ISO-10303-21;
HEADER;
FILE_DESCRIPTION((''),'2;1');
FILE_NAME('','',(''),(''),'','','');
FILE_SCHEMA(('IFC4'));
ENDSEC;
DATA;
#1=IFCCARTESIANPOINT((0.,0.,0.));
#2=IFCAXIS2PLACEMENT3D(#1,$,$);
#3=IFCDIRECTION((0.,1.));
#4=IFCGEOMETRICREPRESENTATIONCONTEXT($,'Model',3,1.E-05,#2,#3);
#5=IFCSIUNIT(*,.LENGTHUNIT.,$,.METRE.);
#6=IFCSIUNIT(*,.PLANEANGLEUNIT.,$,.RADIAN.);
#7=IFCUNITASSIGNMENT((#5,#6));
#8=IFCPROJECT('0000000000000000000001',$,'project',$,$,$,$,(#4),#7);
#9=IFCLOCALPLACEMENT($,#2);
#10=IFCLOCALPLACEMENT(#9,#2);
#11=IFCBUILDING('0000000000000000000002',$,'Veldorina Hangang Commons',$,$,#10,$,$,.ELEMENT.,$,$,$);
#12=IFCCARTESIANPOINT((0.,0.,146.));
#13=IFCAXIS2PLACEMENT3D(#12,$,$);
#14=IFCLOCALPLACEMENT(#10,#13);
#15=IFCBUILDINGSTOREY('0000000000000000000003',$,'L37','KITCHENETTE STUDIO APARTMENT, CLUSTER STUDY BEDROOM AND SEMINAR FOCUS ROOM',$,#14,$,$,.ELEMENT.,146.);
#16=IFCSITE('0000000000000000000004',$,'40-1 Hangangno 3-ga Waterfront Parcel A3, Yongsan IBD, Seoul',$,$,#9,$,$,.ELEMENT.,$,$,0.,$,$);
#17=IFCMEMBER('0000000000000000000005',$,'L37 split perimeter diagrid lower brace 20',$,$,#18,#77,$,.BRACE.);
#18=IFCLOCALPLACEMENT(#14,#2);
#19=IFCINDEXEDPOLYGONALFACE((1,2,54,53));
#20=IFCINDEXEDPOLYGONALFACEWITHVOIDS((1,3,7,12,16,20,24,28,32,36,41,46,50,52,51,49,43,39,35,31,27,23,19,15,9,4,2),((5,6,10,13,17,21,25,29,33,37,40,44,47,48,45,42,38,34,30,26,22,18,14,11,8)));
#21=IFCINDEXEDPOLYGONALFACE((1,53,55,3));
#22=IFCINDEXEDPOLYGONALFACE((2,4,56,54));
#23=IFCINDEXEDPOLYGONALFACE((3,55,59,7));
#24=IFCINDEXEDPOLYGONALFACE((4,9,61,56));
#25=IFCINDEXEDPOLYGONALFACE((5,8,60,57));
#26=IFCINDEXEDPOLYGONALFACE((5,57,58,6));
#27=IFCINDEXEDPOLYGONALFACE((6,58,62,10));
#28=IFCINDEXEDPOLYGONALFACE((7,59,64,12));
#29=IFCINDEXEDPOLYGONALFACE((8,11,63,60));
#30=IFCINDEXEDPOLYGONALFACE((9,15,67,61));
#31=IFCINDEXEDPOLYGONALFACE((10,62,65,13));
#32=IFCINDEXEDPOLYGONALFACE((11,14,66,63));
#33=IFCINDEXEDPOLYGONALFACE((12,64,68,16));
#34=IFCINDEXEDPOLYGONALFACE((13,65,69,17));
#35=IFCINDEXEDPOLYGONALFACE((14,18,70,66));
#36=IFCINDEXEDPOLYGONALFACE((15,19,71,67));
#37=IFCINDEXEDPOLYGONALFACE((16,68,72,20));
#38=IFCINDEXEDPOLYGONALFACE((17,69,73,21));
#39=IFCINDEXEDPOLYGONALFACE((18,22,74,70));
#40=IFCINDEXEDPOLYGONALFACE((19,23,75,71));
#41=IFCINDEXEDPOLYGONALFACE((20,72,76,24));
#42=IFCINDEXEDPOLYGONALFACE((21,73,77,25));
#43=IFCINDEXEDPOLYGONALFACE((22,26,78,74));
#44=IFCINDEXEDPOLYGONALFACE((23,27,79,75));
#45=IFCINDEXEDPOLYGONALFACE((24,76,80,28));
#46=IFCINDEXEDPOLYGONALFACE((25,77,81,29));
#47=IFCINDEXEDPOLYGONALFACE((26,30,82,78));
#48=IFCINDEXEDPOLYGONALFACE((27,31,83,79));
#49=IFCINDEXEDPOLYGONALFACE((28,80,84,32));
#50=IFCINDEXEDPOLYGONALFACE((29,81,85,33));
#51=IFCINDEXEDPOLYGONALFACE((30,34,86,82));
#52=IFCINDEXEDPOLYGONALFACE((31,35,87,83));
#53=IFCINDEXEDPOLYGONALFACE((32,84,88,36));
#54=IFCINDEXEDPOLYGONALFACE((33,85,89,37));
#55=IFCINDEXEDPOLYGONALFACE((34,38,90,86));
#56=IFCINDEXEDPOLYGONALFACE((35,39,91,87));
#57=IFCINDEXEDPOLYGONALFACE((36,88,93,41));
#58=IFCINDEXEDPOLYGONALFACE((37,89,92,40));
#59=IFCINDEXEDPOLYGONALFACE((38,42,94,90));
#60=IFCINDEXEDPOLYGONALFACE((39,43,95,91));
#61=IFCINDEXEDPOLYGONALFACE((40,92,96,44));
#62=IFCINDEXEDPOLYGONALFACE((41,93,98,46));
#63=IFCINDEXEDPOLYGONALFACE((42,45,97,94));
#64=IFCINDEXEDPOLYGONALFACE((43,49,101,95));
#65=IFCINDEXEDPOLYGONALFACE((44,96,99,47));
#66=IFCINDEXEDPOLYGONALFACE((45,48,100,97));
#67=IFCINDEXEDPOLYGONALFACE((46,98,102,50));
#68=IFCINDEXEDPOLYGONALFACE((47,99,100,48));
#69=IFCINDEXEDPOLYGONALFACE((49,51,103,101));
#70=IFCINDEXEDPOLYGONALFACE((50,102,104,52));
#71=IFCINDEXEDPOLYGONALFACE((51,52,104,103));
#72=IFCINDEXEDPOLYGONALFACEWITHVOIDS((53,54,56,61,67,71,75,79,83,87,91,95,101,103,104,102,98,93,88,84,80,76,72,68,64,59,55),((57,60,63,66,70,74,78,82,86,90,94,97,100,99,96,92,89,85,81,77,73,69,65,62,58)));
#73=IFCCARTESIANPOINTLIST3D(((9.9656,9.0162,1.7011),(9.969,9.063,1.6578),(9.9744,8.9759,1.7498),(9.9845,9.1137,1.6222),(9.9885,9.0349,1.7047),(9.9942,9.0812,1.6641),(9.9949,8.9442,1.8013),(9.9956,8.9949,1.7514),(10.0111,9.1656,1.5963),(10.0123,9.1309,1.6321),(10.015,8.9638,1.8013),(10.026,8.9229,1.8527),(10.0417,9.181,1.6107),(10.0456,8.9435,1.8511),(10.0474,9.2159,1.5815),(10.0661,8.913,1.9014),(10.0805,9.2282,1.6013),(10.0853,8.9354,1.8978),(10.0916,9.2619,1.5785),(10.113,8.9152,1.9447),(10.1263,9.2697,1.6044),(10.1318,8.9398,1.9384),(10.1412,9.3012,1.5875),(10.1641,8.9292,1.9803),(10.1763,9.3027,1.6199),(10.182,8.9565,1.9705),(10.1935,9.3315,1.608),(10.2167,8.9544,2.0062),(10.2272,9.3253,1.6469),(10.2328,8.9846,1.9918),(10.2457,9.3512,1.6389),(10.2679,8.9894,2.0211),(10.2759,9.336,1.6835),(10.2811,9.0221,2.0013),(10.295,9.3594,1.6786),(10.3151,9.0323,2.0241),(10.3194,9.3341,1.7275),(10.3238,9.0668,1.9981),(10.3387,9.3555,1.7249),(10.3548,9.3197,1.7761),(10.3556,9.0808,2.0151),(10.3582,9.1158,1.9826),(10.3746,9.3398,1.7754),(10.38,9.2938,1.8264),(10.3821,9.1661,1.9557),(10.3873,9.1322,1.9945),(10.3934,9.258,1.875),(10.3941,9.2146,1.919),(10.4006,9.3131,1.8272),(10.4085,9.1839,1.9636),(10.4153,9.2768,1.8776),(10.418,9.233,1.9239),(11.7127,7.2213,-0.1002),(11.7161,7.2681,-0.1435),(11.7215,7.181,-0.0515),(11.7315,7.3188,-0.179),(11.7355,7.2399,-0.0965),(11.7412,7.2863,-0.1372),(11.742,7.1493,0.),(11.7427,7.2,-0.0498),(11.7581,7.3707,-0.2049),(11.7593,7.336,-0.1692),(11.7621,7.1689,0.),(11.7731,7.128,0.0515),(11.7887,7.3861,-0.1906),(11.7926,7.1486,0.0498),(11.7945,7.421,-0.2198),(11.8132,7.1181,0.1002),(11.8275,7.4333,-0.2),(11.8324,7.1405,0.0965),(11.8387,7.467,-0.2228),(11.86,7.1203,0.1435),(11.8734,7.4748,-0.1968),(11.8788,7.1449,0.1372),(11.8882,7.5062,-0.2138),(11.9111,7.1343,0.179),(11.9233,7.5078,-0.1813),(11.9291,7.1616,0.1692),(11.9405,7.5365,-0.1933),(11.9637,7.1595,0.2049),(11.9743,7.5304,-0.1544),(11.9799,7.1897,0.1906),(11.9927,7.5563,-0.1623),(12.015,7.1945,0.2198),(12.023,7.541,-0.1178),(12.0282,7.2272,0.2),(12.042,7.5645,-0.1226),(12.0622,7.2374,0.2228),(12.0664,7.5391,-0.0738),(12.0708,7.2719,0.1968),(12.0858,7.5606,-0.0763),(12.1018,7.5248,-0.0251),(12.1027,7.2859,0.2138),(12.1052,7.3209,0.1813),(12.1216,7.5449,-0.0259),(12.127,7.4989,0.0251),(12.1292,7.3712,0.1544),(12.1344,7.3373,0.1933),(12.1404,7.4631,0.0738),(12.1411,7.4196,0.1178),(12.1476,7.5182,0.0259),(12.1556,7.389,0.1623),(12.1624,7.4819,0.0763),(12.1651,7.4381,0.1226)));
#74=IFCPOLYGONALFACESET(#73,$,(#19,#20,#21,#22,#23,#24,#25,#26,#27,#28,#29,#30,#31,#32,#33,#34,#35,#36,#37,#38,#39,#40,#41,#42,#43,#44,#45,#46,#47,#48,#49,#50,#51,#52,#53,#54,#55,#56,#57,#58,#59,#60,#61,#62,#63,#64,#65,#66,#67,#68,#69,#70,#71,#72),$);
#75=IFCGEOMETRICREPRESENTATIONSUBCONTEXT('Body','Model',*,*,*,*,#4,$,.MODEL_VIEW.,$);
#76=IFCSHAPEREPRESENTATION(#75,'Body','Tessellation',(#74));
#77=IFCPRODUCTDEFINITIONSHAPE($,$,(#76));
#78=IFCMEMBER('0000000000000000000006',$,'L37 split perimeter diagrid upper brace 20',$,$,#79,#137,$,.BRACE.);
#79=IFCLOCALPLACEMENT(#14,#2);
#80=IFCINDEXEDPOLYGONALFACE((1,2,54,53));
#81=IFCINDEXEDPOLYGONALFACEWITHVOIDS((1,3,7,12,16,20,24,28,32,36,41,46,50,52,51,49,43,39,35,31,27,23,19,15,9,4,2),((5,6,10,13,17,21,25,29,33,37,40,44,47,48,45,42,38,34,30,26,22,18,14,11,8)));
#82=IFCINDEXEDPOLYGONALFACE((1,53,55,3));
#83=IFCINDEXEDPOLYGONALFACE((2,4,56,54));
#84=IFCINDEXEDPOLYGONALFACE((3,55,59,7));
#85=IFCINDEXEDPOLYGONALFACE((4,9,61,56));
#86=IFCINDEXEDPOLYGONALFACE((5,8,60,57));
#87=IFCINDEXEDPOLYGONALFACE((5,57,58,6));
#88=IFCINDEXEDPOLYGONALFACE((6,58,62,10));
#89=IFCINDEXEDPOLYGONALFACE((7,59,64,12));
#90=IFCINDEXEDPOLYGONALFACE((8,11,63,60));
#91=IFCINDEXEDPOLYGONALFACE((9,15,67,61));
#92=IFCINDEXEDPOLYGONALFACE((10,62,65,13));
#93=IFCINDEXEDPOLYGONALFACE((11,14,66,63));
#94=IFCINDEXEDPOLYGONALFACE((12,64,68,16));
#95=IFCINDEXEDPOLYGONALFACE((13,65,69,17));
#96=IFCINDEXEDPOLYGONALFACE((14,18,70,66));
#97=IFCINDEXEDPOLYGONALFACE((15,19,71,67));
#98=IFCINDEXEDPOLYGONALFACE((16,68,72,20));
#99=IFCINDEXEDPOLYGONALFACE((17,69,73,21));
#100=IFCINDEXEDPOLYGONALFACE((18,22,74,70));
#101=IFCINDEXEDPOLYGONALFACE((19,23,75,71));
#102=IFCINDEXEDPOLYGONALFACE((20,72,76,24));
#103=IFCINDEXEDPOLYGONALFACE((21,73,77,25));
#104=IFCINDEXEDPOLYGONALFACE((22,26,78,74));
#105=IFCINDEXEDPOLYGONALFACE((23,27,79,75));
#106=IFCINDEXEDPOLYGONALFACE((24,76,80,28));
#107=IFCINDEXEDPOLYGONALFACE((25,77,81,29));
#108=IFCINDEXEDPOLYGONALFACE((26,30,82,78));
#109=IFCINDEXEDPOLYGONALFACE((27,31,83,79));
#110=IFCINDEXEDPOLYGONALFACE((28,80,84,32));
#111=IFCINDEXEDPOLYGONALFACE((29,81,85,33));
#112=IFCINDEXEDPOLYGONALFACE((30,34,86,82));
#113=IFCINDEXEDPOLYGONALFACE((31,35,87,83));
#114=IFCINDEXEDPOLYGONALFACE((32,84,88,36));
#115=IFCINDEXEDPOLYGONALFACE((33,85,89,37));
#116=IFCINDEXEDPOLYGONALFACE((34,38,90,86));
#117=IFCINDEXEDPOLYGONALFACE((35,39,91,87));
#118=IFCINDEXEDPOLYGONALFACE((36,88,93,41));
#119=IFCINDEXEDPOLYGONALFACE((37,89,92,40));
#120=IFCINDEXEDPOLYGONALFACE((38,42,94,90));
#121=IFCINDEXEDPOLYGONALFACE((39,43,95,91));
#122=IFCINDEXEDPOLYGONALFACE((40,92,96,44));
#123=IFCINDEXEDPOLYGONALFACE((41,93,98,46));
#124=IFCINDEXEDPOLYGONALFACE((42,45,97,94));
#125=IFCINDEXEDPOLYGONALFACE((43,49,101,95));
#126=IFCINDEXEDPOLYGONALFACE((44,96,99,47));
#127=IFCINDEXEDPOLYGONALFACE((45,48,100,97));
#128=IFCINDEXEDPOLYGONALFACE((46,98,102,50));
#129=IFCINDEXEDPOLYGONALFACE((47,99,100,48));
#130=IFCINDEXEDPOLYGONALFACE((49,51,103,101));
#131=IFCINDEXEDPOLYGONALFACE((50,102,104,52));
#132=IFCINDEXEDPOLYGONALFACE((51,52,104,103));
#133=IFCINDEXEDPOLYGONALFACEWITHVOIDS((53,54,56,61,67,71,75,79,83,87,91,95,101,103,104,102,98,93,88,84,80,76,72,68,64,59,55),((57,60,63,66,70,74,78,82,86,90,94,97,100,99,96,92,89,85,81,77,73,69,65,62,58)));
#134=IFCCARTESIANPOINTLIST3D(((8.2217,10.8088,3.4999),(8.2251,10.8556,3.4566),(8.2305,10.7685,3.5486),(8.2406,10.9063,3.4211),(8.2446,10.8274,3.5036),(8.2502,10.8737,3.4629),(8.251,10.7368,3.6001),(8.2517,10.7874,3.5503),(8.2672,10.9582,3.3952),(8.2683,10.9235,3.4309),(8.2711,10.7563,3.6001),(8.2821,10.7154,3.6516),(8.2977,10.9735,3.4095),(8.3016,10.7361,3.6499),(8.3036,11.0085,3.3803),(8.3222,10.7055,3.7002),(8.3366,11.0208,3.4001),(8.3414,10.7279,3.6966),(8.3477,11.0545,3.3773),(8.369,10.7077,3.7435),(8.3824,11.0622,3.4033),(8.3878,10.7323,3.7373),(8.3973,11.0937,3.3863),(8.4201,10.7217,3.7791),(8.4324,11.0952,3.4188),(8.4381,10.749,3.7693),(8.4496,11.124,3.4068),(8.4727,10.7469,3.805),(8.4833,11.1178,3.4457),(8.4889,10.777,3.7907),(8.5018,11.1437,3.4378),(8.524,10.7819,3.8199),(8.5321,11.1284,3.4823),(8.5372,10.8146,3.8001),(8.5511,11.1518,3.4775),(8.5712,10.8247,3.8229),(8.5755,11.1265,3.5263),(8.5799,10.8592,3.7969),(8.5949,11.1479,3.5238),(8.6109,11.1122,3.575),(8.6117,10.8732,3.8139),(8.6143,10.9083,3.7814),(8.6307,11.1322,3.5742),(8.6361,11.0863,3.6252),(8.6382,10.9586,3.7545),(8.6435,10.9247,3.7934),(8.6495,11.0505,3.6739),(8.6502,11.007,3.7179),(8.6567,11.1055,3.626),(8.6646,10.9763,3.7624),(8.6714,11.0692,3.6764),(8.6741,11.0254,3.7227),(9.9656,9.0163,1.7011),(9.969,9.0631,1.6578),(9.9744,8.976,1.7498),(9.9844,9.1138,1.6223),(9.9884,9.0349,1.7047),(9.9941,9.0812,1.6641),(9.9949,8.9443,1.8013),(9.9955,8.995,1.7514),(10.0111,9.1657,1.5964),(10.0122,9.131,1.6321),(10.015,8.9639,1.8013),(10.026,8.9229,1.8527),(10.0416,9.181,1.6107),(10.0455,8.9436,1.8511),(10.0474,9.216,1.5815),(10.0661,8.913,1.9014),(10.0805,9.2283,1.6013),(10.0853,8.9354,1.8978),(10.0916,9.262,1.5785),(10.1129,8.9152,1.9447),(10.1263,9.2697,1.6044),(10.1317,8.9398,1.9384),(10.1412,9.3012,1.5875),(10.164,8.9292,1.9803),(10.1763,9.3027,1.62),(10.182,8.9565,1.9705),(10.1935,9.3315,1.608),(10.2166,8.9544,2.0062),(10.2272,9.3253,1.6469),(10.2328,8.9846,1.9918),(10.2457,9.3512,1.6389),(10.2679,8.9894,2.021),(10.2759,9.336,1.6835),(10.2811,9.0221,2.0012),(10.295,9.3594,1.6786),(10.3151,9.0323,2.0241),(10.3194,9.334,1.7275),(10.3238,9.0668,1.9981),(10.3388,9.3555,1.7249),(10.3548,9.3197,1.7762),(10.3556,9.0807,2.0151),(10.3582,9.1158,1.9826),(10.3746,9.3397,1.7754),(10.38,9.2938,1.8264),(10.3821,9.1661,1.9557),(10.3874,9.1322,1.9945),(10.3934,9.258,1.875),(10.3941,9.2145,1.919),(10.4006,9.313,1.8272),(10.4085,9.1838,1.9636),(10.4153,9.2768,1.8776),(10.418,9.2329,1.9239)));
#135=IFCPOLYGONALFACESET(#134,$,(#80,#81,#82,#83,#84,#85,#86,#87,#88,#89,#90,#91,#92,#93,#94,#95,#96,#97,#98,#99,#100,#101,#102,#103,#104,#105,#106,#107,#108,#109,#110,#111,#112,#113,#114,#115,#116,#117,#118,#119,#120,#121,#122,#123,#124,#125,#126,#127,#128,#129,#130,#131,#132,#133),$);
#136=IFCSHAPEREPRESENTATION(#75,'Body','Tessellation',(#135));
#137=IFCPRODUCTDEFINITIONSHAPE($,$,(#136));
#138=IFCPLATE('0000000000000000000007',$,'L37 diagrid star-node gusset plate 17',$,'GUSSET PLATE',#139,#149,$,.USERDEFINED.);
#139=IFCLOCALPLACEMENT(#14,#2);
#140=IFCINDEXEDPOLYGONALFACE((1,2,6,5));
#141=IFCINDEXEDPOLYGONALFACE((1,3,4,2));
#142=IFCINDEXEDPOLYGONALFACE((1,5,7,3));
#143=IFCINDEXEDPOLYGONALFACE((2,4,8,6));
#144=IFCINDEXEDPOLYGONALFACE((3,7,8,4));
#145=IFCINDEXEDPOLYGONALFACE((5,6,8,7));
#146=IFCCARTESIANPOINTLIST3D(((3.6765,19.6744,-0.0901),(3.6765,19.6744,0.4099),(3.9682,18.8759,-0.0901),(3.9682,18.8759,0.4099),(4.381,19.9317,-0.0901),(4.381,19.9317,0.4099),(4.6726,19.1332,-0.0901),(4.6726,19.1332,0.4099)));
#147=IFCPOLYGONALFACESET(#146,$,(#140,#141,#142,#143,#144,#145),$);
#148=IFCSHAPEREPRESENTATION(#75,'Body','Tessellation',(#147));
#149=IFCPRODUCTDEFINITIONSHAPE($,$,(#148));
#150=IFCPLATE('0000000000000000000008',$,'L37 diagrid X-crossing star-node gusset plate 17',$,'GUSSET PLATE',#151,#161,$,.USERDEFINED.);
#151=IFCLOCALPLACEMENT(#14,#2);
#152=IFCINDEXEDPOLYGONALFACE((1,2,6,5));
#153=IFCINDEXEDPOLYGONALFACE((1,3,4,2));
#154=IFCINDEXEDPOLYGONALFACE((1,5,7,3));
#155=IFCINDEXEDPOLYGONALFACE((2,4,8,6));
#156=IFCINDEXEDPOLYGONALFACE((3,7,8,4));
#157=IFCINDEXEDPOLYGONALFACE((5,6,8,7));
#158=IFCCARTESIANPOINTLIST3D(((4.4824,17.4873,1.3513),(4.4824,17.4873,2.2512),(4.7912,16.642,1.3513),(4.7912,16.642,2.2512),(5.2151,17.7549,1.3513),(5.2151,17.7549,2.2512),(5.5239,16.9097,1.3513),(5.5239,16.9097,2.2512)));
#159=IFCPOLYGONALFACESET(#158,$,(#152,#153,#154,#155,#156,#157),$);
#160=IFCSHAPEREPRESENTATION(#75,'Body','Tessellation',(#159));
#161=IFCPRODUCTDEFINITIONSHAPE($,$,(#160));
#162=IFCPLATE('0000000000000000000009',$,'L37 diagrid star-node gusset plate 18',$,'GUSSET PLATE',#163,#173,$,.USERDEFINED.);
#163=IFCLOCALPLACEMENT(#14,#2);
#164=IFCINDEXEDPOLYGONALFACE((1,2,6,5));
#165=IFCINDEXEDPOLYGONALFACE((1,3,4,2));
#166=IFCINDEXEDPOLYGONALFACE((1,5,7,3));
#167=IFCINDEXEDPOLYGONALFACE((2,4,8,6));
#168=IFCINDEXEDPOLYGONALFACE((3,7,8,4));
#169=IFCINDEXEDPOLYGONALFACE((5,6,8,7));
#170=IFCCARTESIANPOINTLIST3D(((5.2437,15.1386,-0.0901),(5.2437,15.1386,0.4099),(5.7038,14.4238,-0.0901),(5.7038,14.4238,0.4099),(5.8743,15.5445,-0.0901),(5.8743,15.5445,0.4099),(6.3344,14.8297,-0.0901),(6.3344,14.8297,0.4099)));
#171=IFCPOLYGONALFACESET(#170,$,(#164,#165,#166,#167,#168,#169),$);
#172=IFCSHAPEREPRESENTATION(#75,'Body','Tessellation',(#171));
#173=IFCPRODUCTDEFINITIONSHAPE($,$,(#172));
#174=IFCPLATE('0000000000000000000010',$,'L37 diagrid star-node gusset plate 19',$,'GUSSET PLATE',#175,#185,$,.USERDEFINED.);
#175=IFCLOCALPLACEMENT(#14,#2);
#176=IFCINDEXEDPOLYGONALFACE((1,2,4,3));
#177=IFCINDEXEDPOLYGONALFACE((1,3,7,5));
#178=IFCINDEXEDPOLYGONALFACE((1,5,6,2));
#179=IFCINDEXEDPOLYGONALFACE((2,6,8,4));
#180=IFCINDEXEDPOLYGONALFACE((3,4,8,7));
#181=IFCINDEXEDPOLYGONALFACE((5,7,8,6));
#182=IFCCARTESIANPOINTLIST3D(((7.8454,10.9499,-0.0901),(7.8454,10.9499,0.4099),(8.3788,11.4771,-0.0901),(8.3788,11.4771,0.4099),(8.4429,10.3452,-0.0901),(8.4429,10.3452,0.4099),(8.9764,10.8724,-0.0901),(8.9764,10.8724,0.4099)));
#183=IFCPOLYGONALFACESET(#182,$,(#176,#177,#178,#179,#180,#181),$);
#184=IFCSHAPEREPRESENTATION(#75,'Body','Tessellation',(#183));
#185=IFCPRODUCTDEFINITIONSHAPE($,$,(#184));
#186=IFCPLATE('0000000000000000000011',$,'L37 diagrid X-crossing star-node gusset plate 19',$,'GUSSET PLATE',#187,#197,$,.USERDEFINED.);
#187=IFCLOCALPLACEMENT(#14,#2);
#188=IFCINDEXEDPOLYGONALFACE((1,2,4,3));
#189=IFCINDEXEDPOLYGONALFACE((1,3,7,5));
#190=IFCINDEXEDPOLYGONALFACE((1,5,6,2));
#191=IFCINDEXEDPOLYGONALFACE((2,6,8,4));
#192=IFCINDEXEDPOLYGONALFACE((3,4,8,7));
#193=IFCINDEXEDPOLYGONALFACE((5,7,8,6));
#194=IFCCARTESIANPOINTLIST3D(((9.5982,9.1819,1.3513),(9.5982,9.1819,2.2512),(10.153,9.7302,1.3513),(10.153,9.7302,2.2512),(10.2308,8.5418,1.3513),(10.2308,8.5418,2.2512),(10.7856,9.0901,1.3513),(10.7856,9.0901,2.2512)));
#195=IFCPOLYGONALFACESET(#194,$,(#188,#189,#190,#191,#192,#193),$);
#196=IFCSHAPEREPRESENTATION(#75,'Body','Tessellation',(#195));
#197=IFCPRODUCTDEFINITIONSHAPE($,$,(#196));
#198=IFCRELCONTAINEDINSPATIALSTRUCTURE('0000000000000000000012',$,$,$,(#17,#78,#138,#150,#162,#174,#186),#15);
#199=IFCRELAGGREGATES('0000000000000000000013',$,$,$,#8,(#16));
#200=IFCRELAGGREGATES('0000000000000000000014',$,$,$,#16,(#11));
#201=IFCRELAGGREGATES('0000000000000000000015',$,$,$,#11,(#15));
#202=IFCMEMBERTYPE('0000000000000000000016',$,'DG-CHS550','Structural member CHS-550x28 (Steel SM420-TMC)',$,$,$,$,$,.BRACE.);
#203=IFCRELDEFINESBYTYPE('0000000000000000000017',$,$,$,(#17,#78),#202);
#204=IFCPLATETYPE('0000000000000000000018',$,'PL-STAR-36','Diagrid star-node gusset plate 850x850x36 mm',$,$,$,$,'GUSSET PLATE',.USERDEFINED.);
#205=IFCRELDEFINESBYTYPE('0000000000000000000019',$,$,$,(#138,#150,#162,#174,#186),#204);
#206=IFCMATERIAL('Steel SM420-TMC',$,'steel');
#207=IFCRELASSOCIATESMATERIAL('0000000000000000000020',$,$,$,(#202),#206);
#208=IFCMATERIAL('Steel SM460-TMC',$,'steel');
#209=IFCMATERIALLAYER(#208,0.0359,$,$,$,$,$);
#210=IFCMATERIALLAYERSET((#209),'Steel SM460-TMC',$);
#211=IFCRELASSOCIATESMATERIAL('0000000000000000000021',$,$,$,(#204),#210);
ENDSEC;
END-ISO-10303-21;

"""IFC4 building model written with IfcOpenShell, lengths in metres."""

from ifc_helpers import new_model, si_unit, direction, frame, origin, origin_2d, place, context, subcontext, project, spatial, rectangle, hollow_circle, extrude, material, layer, layer_set, material_profile, profile_set, type_object, element, save


model = new_model("IFC4")

# Units and contexts
model_context = context("Model", 3, precision=1e-05, world=origin(), true_north=direction((0.0, 1.0)))
body_context = subcontext(model_context, "Body", "Model", "MODEL_VIEW")
ifc_project = project(units=[si_unit("LENGTHUNIT", "METRE"), si_unit("PLANEANGLEUNIT", "RADIAN")], contexts=[model_context])

# Site, building, storey
site_placement = place(None, origin())
site = spatial("IfcSite", under=ifc_project, at=site_placement, Name="40-1 Hangangno 3-ga Waterfront Parcel A3, Yongsan IBD, Seoul", CompositionType="ELEMENT", RefElevation=0.0)
building_placement = place(site_placement, origin())
building = spatial("IfcBuilding", under=site, at=building_placement, Name="Veldorina Hangang Commons", CompositionType="ELEMENT")
storey_placement = place(building_placement, frame((0.0, 0.0, 146.0)))
storey = spatial("IfcBuildingStorey", under=building, at=storey_placement, Name="L37", Description="KITCHENETTE STUDIO APARTMENT, CLUSTER STUDY BEDROOM AND SEMINAR FOCUS ROOM", CompositionType="ELEMENT", Elevation=146.0)

# Shared definitions
ifc_material_1 = material(Name="Steel SM420-TMC", Category="steel")

# Members
ifc_material_profile_1 = material_profile(ifc_material_1, hollow_circle(Radius=0.2749, WallThickness=0.0281, at=origin_2d()), Name="CHS-550x28")
ifc_profile_set_1 = profile_set([ifc_material_profile_1], Name="Steel SM420-TMC")
member_type = type_object("IfcMemberType", Name="DG-CHS550", Description="Structural member CHS-550x28 (Steel SM420-TMC)", PredefinedType="BRACE", material=ifc_profile_set_1)
member_1_placement = place(storey_placement, frame((11.939, 7.3411, 0.0), z_axis=(-0.566271, 0.581781, 0.583839), x_axis=(-0.716594, -0.69749, 0.0)))
element("IfcMember", 1, at=member_1_placement, inside=storey, type_object=member_type, Name="L37 split perimeter diagrid lower brace 20", PredefinedType="BRACE", context=body_context, shape_type="SweptSolid", body=[
    extrude(hollow_circle(Radius=0.2749, WallThickness=0.0281, at=origin_2d()), origin(), (0.0, 0.0, 1.0), 3.0852),
])
member_2_placement = place(storey_placement, frame((10.1919, 9.136, 1.8013), z_axis=(-0.566094, 0.581866, 0.583926), x_axis=(-0.716754, -0.697326, 0.0)))
element("IfcMember", 2, at=member_2_placement, inside=storey, type_object=member_type, Name="L37 split perimeter diagrid upper brace 20", PredefinedType="BRACE", context=body_context, shape_type="SweptSolid", body=[
    extrude(hollow_circle(Radius=0.2749, WallThickness=0.0281, at=origin_2d()), origin(), (0.0, 0.0, 1.0), 3.0806),
])

# Plates
ifc_material_2 = material(Name="Steel SM460-TMC", Category="steel")
ifc_layer_1 = layer(ifc_material_2, 0.0359)
ifc_layer_set_1 = layer_set([ifc_layer_1], Name="Steel SM460-TMC")
plate_type = type_object("IfcPlateType", Name="PL-STAR-36", Description="Diagrid star-node gusset plate 850x850x36 mm", ElementType="GUSSET PLATE", PredefinedType="USERDEFINED", material=ifc_layer_set_1)
plate_1_placement = place(storey_placement, frame((4.1746, 19.4038, -0.0901), z_axis=(0.0, 0.0, 1.0), x_axis=(0.343119, -0.939292, 0.0)))
element("IfcPlate", 3, at=plate_1_placement, inside=storey, type_object=plate_type, Name="L37 diagrid star-node gusset plate 17", ObjectType="GUSSET PLATE", PredefinedType="USERDEFINED", context=body_context, shape_type="SweptSolid", body=[
    extrude(rectangle(XDim=0.8501, YDim=0.75, at=origin_2d()), origin(), (0.0, 0.0, 1.0), 0.5),
])
plate_2_placement = place(storey_placement, frame((5.0032, 17.1985, 1.3513), z_axis=(0.0, 0.0, 1.0), x_axis=(0.343119, -0.939292, 0.0)))
element("IfcPlate", 4, at=plate_2_placement, inside=storey, type_object=plate_type, Name="L37 diagrid X-crossing star-node gusset plate 17", ObjectType="GUSSET PLATE", PredefinedType="USERDEFINED", context=body_context, shape_type="SweptSolid", body=[
    extrude(rectangle(XDim=0.8999, YDim=0.78, at=origin_2d()), origin(), (0.0, 0.0, 1.0), 0.8999),
])
for number, where, z_axis, x_axis, name in (
    (5, (5.7891, 14.9841, -0.0901), (0.0, 0.0, 1.0), (0.541239, -0.840869, 0.0), "L37 diagrid star-node gusset plate 18"),
    (6, (8.4109, 10.9111, -0.0901), (0.0, 0.0, 1.0), (0.702923, -0.711266, 0.0), "L37 diagrid star-node gusset plate 19"),
):
    element("IfcPlate", number, at=place(storey_placement, frame(where, z_axis=z_axis, x_axis=x_axis)), inside=storey, type_object=plate_type, Name=name, ObjectType="GUSSET PLATE", PredefinedType="USERDEFINED", context=body_context, shape_type="SweptSolid", body=[
        extrude(rectangle(XDim=0.8501, YDim=0.75, at=origin_2d()), origin(), (0.0, 0.0, 1.0), 0.5),
    ])
plate_3_placement = place(storey_placement, frame((10.1919, 9.136, 1.3513), z_axis=(0.0, 0.0, 1.0), x_axis=(0.702923, -0.711266, 0.0)))
element("IfcPlate", 7, at=plate_3_placement, inside=storey, type_object=plate_type, Name="L37 diagrid X-crossing star-node gusset plate 19", ObjectType="GUSSET PLATE", PredefinedType="USERDEFINED", context=body_context, shape_type="SweptSolid", body=[
    extrude(rectangle(XDim=0.8999, YDim=0.78, at=origin_2d()), origin(), (0.0, 0.0, 1.0), 0.8999),
])

save(model, "model.ifc")
